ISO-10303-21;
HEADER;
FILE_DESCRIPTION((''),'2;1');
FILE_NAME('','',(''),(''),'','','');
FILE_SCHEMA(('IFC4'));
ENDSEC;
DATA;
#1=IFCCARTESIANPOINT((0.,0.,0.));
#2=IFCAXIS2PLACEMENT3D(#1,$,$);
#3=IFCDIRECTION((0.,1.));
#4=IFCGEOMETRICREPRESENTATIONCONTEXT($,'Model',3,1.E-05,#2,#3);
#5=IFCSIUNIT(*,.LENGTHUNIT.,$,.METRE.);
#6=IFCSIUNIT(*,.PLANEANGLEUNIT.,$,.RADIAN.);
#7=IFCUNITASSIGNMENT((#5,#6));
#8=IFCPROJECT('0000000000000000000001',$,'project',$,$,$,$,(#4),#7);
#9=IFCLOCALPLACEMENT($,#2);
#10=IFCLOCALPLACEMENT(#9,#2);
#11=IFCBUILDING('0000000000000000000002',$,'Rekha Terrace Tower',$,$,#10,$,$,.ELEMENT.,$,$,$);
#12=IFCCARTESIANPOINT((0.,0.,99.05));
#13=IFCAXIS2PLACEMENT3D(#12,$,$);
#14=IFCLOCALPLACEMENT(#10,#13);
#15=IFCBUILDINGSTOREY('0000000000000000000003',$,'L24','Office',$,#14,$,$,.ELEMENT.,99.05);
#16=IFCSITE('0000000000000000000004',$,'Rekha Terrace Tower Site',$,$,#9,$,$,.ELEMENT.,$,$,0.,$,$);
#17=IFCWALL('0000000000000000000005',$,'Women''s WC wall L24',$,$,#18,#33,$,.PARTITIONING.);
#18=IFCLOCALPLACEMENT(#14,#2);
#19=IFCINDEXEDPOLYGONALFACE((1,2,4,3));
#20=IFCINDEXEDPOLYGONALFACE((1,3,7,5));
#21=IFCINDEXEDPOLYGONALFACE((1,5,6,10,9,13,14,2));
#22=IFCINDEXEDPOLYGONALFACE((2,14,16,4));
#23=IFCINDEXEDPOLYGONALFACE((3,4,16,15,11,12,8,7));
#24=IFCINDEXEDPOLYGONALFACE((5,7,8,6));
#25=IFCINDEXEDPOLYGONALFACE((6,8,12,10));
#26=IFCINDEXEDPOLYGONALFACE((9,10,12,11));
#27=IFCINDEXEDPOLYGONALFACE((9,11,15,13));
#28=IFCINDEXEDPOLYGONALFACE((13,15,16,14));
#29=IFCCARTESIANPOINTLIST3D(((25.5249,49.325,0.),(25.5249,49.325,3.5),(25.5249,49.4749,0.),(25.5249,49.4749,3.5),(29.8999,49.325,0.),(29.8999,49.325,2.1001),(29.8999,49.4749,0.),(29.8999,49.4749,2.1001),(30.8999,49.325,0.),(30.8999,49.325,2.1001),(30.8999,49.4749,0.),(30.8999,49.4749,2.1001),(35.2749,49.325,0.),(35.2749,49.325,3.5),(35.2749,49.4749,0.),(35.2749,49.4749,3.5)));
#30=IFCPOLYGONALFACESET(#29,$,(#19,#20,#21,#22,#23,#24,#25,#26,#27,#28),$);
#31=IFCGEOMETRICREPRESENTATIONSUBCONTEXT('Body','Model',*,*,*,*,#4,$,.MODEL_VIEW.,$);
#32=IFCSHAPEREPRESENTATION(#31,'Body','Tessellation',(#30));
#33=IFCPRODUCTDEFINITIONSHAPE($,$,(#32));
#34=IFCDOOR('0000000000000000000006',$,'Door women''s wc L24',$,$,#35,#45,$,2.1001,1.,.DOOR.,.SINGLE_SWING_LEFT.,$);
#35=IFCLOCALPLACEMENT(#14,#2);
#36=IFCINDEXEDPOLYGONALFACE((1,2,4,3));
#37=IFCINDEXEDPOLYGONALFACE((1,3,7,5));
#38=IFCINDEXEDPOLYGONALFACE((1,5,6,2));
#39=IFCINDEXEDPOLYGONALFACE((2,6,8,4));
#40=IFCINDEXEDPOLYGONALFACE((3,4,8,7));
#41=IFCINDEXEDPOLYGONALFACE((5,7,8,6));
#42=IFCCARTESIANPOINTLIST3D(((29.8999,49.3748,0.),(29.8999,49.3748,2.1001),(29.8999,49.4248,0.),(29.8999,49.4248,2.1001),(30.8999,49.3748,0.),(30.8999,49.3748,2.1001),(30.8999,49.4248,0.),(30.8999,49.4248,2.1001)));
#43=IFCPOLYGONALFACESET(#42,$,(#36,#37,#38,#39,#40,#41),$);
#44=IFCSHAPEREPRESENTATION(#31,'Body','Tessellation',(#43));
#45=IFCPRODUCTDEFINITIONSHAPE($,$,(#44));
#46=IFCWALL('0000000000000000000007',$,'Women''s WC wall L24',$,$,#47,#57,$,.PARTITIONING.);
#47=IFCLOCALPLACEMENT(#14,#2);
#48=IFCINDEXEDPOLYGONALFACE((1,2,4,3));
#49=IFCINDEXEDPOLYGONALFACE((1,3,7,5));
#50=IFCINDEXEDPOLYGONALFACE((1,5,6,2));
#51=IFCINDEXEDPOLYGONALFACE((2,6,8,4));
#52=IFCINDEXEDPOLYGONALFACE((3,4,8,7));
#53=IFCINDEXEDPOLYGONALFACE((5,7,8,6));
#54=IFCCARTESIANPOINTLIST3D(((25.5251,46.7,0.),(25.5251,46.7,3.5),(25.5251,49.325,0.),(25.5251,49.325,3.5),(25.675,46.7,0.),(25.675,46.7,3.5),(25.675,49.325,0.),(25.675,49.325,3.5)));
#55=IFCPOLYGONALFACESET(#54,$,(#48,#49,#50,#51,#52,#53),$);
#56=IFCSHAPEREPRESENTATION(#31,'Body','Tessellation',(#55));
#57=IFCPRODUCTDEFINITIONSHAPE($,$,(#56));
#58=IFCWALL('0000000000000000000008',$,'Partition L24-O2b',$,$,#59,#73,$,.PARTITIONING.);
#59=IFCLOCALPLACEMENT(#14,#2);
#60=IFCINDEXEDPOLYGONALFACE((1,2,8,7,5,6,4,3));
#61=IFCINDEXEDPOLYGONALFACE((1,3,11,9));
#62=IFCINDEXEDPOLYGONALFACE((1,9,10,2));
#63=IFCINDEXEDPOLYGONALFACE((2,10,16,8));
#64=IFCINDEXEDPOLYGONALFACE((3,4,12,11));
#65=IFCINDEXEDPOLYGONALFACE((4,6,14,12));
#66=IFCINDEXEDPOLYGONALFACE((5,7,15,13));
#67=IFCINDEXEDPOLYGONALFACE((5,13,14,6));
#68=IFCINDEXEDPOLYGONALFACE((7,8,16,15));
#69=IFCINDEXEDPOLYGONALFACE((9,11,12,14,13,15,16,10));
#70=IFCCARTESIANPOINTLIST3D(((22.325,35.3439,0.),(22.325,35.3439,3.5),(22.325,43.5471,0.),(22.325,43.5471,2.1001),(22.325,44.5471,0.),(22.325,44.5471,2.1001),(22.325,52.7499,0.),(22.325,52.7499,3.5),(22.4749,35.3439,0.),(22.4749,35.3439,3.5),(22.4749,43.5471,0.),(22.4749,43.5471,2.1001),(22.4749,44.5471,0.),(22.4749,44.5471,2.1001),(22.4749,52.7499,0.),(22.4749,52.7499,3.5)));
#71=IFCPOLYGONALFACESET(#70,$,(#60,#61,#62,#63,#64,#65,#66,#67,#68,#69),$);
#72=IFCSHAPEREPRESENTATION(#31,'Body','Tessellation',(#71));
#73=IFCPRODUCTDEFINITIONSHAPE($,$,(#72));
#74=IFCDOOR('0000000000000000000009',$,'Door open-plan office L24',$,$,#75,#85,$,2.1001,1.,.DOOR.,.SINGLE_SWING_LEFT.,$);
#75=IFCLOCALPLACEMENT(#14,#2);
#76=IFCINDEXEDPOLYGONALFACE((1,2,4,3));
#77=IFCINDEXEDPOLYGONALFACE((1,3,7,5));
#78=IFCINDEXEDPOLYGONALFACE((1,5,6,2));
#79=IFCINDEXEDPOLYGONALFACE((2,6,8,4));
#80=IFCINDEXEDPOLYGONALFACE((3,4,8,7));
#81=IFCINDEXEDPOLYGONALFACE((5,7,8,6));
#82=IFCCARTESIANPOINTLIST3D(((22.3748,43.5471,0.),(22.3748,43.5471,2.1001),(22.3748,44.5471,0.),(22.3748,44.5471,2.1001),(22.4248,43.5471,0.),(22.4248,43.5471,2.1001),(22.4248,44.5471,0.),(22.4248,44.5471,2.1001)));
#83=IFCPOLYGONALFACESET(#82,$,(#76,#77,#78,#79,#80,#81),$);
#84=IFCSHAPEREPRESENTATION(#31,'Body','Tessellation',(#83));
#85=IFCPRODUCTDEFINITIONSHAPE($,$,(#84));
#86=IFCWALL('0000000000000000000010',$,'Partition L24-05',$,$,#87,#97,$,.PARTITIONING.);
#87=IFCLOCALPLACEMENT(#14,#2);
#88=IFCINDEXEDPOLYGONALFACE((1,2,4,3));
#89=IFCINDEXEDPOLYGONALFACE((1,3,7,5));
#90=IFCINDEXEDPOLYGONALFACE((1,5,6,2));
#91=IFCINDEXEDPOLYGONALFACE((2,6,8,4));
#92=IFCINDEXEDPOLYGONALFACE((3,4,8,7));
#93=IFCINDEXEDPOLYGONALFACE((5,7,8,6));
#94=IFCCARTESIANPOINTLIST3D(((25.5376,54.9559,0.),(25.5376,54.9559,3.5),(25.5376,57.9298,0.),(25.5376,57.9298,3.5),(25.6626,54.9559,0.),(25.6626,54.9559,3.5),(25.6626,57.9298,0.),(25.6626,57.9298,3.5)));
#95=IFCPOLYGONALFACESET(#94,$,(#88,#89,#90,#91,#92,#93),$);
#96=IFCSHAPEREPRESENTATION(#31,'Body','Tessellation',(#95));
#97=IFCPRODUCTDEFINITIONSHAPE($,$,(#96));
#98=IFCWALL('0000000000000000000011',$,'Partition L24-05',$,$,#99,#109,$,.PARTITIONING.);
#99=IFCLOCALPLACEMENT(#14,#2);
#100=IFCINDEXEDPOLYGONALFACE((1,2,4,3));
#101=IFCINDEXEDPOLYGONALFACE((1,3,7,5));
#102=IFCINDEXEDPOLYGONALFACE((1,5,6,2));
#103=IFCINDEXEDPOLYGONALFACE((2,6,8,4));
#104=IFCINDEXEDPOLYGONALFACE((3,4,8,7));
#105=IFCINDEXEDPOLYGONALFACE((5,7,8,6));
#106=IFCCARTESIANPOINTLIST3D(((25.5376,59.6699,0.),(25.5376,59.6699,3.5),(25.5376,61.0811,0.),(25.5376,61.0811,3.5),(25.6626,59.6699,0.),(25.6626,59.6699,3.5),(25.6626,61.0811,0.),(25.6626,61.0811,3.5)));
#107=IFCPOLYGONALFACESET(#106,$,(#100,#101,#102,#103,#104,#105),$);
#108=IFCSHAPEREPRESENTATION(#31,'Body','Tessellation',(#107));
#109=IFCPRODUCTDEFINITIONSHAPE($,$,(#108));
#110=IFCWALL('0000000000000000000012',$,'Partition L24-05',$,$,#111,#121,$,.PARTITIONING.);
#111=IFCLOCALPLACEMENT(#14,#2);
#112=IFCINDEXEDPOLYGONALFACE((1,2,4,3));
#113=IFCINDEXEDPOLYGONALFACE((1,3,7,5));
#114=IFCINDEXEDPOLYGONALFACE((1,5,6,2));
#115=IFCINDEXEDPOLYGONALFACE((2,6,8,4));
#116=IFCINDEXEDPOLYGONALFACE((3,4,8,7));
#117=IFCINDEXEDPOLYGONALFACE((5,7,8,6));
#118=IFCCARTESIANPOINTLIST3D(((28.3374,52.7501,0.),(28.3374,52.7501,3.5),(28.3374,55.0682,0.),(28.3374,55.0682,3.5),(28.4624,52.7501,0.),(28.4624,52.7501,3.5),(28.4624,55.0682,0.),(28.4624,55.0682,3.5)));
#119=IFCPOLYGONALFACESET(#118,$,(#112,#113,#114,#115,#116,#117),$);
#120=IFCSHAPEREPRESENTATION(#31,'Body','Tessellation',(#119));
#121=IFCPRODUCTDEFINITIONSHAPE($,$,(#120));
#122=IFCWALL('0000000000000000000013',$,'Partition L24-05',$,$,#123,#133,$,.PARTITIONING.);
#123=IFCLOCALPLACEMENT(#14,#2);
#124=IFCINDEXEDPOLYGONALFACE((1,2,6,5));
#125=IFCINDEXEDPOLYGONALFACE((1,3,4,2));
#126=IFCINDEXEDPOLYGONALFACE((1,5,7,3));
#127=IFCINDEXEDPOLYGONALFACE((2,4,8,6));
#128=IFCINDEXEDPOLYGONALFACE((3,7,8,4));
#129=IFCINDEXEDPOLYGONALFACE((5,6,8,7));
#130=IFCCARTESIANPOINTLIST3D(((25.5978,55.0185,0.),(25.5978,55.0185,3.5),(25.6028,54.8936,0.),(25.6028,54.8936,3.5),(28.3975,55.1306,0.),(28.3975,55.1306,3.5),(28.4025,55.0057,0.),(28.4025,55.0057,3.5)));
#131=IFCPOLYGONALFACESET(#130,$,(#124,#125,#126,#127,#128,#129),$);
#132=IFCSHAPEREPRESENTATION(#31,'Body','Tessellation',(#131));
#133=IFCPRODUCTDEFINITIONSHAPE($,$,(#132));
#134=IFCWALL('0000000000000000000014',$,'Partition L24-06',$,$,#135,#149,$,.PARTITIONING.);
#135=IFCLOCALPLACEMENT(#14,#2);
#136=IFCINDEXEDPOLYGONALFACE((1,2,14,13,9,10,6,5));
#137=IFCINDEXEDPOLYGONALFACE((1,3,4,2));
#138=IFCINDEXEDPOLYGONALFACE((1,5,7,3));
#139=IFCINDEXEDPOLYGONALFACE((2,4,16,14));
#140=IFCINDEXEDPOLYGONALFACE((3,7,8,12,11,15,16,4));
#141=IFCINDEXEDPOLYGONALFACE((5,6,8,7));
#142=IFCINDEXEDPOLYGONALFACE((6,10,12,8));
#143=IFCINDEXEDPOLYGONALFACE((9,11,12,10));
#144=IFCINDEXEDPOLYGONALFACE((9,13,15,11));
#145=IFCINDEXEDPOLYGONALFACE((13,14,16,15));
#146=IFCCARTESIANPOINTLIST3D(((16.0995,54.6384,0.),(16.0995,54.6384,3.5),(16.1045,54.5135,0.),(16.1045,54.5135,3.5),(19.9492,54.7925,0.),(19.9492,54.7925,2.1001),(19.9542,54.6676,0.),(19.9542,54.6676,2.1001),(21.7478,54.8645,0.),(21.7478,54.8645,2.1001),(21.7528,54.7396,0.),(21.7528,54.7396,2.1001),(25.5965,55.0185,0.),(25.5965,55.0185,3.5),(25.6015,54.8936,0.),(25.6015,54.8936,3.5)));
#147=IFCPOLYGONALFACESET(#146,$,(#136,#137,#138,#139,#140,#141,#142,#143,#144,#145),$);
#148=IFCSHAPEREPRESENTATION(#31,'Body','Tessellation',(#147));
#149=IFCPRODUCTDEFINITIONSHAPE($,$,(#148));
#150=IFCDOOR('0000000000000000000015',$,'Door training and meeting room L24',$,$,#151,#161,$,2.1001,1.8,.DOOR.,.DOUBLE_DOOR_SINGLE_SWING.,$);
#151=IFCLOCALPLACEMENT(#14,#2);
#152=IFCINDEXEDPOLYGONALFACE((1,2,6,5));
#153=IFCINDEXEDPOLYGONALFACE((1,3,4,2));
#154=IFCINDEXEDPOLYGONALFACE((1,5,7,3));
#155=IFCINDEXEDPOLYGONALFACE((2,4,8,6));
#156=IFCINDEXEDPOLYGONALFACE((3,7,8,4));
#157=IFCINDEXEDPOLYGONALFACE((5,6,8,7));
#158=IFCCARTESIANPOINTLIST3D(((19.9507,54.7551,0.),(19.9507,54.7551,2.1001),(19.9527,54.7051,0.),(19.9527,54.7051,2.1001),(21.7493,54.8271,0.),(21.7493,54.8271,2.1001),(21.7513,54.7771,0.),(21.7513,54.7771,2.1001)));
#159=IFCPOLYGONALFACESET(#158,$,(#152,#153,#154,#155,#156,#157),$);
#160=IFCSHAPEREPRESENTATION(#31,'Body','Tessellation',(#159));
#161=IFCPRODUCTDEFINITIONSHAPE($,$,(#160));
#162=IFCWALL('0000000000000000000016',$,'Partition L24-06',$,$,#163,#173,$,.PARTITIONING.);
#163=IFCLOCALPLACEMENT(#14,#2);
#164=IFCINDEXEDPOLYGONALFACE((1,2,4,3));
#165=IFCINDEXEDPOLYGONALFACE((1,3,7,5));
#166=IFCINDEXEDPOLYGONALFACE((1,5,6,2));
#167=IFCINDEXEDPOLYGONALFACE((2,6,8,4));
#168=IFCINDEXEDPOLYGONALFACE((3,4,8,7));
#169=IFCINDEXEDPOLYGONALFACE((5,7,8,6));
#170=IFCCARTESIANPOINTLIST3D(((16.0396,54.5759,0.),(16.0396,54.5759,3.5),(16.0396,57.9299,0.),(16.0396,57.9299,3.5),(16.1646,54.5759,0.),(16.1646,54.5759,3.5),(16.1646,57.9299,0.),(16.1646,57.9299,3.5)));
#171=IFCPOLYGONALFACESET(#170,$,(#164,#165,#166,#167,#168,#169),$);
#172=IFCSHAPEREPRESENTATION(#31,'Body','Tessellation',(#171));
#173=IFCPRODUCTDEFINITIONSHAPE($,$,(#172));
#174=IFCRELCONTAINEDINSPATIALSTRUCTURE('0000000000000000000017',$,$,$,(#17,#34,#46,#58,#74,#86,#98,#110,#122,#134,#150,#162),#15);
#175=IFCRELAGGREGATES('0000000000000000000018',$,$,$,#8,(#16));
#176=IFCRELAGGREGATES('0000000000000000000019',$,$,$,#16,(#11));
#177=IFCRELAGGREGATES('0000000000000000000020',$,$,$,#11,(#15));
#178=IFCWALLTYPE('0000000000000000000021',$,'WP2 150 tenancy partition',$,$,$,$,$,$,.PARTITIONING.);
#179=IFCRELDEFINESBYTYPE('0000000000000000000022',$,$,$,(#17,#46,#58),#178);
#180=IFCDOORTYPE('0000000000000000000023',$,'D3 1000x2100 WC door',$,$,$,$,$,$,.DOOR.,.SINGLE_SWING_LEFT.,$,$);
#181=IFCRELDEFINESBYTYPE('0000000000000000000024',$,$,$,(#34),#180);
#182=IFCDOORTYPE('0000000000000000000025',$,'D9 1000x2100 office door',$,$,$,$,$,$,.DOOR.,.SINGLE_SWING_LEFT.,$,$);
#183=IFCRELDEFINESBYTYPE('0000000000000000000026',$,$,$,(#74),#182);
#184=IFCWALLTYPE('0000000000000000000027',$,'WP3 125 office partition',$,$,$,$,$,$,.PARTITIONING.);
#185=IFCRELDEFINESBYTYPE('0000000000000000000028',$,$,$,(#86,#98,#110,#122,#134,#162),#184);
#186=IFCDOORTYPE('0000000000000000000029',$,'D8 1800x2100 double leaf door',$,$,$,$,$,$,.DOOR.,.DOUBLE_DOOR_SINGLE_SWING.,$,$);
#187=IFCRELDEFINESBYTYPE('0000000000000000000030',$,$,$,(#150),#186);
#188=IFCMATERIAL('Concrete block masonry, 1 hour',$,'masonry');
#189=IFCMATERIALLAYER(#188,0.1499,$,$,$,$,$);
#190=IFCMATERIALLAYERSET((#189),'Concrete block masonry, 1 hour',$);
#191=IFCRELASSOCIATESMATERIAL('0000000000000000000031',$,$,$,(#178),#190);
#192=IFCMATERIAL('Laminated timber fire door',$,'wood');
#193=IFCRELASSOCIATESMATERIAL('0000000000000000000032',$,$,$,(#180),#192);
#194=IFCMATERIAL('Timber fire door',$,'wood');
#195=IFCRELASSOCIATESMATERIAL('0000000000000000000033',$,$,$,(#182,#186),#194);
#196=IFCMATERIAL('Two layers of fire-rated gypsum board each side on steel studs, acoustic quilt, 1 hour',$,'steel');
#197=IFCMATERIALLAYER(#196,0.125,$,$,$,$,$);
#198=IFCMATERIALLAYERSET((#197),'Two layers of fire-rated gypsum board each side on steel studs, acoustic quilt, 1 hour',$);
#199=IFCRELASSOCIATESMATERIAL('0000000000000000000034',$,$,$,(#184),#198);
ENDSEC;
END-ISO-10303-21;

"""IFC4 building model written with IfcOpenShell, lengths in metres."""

from ifc_helpers import new_model, si_unit, direction, frame, frame_2d, origin, place, context, subcontext, project, spatial, rectangle, extrude, material, layer, layer_set, type_object, element, fill, save


model = new_model("IFC4")

# Units and contexts
model_context = context("Model", 3, precision=1e-05, world=origin(), true_north=direction((0.0, 1.0)))
body_context = subcontext(model_context, "Body", "Model", "MODEL_VIEW")
ifc_project = project(units=[si_unit("LENGTHUNIT", "METRE"), si_unit("PLANEANGLEUNIT", "RADIAN")], contexts=[model_context])

# Site, building, storey
site_placement = place(None, origin())
site = spatial("IfcSite", under=ifc_project, at=site_placement, Name="Rekha Terrace Tower Site", CompositionType="ELEMENT", RefElevation=0.0)
building_placement = place(site_placement, origin())
building = spatial("IfcBuilding", under=site, at=building_placement, Name="Rekha Terrace Tower", CompositionType="ELEMENT")
storey_placement = place(building_placement, frame((0.0, 0.0, 99.05)))
storey = spatial("IfcBuildingStorey", under=building, at=storey_placement, Name="L24", Description="Office", CompositionType="ELEMENT", Elevation=99.05)

# Wall, opening, door
ifc_material_1 = material(Name="Concrete block masonry, 1 hour", Category="masonry")
ifc_layer_1 = layer(ifc_material_1, 0.1499)
ifc_layer_set_1 = layer_set([ifc_layer_1], Name="Concrete block masonry, 1 hour")
wall_type_1 = type_object("IfcWallType", Name="WP2 150 tenancy partition", PredefinedType="PARTITIONING", material=ifc_layer_set_1)
wall_1_placement = place(storey_placement, frame((25.5249, 49.3999, 0.0), z_axis=(0.0, 0.0, 1.0), x_axis=(1.0, 0.0, 0.0)))
wall_1 = element("IfcWall", 1, at=wall_1_placement, inside=storey, type_object=wall_type_1, Name="Women's WC wall L24", PredefinedType="PARTITIONING", context=body_context, shape_type="SweptSolid", body=[
    extrude(rectangle(XDim=9.75, YDim=0.1499, at=frame_2d((4.875, 0.0))), origin(), (0.0, 0.0, 1.0), 3.5),
])
opening_1_placement = place(wall_1_placement, frame((4.375, 0.0, 0.0)))
opening_1 = element("IfcOpeningElement", 2, at=opening_1_placement, cuts=wall_1, PredefinedType="OPENING", context=body_context, shape_type="SweptSolid", body=[
    extrude(rectangle(XDim=1.0, YDim=2.1001, at=frame_2d((0.5, 1.05))), frame((0.0, 0.085, 0.0), z_axis=(0.0, -1.0, 0.0), x_axis=(1.0, 0.0, 0.0)), (0.0, 0.0, 1.0), 0.1699),
])
ifc_material_2 = material(Name="Laminated timber fire door", Category="wood")
door_type_1 = type_object("IfcDoorType", Name="D3 1000x2100 WC door", OperationType="SINGLE_SWING_LEFT", PredefinedType="DOOR", material=ifc_material_2)
door_1_placement = place(opening_1_placement, origin())
door_1 = element("IfcDoor", 3, at=door_1_placement, inside=storey, type_object=door_type_1, Name="Door women's wc L24", OperationType="SINGLE_SWING_LEFT", OverallHeight=2.1001, OverallWidth=1.0, PredefinedType="DOOR", context=body_context, shape_type="SweptSolid", body=[
    extrude(rectangle(XDim=1.0, YDim=2.1001, at=frame_2d((0.5, 1.05))), frame((0.0, 0.0249, 0.0), z_axis=(0.0, -1.0, 0.0), x_axis=(1.0, 0.0, 0.0)), (0.0, 0.0, 1.0), 0.05),
])
fill(opening_1, door_1)

# Wall
wall_2_placement = place(storey_placement, frame((25.6001, 46.7, 0.0), z_axis=(0.0, 0.0, 1.0), x_axis=(0.0, 1.0, 0.0)))
element("IfcWall", 4, at=wall_2_placement, inside=storey, type_object=wall_type_1, Name="Women's WC wall L24", PredefinedType="PARTITIONING", context=body_context, shape_type="SweptSolid", body=[
    extrude(rectangle(XDim=2.625, YDim=0.1499, at=frame_2d((1.3125, 0.0))), origin(), (0.0, 0.0, 1.0), 3.5),
])

# Wall, opening, door
wall_3_placement = place(storey_placement, frame((22.3999, 52.75, 0.0), z_axis=(0.0, 0.0, 1.0), x_axis=(0.0, -1.0, 0.0)))
wall_3 = element("IfcWall", 5, at=wall_3_placement, inside=storey, type_object=wall_type_1, Name="Partition L24-O2b", PredefinedType="PARTITIONING", context=body_context, shape_type="SweptSolid", body=[
    extrude(rectangle(XDim=17.406, YDim=0.1499, at=frame_2d((8.7031, 0.0))), origin(), (0.0, 0.0, 1.0), 3.5),
])
opening_2_placement = place(wall_3_placement, frame((8.2029, 0.0, 0.0)))
opening_2 = element("IfcOpeningElement", 6, at=opening_2_placement, cuts=wall_3, PredefinedType="OPENING", context=body_context, shape_type="SweptSolid", body=[
    extrude(rectangle(XDim=1.0, YDim=2.1001, at=frame_2d((0.5, 1.05))), frame((0.0, 0.085, 0.0), z_axis=(0.0, -1.0, 0.0), x_axis=(1.0, 0.0, 0.0)), (0.0, 0.0, 1.0), 0.1699),
])
ifc_material_3 = material(Name="Timber fire door", Category="wood")
door_type_2 = type_object("IfcDoorType", Name="D9 1000x2100 office door", OperationType="SINGLE_SWING_LEFT", PredefinedType="DOOR", material=ifc_material_3)
door_2_placement = place(opening_2_placement, origin())
door_2 = element("IfcDoor", 7, at=door_2_placement, inside=storey, type_object=door_type_2, Name="Door open-plan office L24", OperationType="SINGLE_SWING_LEFT", OverallHeight=2.1001, OverallWidth=1.0, PredefinedType="DOOR", context=body_context, shape_type="SweptSolid", body=[
    extrude(rectangle(XDim=1.0, YDim=2.1001, at=frame_2d((0.5, 1.05))), frame((0.0, 0.0249, 0.0), z_axis=(0.0, -1.0, 0.0), x_axis=(1.0, 0.0, 0.0)), (0.0, 0.0, 1.0), 0.05),
])
fill(opening_2, door_2)

# Walls
ifc_material_4 = material(Name="Two layers of fire-rated gypsum board each side on steel studs, acoustic quilt, 1 hour", Category="steel")
ifc_layer_2 = layer(ifc_material_4, 0.125)
ifc_layer_set_2 = layer_set([ifc_layer_2], Name="Two layers of fire-rated gypsum board each side on steel studs, acoustic quilt, 1 hour")
wall_type_2 = type_object("IfcWallType", Name="WP3 125 office partition", PredefinedType="PARTITIONING", material=ifc_layer_set_2)
wall_4_placement = place(storey_placement, frame((25.6001, 54.9561, 0.0), z_axis=(0.0, 0.0, 1.0), x_axis=(0.0, 1.0, 0.0)))
element("IfcWall", 8, at=wall_4_placement, inside=storey, type_object=wall_type_2, Name="Partition L24-05", PredefinedType="PARTITIONING", context=body_context, shape_type="SweptSolid", body=[
    extrude(rectangle(XDim=2.9739, YDim=0.125, at=frame_2d((1.4868, 0.0))), origin(), (0.0, 0.0, 1.0), 3.5),
])
wall_5_placement = place(storey_placement, frame((25.6001, 59.6699, 0.0), z_axis=(0.0, 0.0, 1.0), x_axis=(0.0, 1.0, 0.0)))
element("IfcWall", 9, at=wall_5_placement, inside=storey, type_object=wall_type_2, Name="Partition L24-05", PredefinedType="PARTITIONING", context=body_context, shape_type="SweptSolid", body=[
    extrude(rectangle(XDim=1.4111, YDim=0.125, at=frame_2d((0.7056, 0.0))), origin(), (0.0, 0.0, 1.0), 3.5),
])
wall_6_placement = place(storey_placement, frame((28.3999, 52.75, 0.0), z_axis=(0.0, 0.0, 1.0), x_axis=(0.0, 1.0, 0.0)))
element("IfcWall", 10, at=wall_6_placement, inside=storey, type_object=wall_type_2, Name="Partition L24-05", PredefinedType="PARTITIONING", context=body_context, shape_type="SweptSolid", body=[
    extrude(rectangle(XDim=2.3181, YDim=0.125, at=frame_2d((1.1592, 0.0))), origin(), (0.0, 0.0, 1.0), 3.5),
])
wall_7_placement = place(storey_placement, frame((28.3999, 55.0681, 0.0), z_axis=(0.0, 0.0, 1.0), x_axis=(-0.9992, -0.039992, 0.0)))
element("IfcWall", 11, at=wall_7_placement, inside=storey, type_object=wall_type_2, Name="Partition L24-05", PredefinedType="PARTITIONING", context=body_context, shape_type="SweptSolid", body=[
    extrude(rectangle(XDim=2.802, YDim=0.125, at=frame_2d((1.4009, 0.0))), origin(), (0.0, 0.0, 1.0), 3.5),
])

# Wall, opening, door
wall_8_placement = place(storey_placement, frame((25.5991, 54.9561, 0.0), z_axis=(0.0, 0.0, 1.0), x_axis=(-0.9992, -0.039994, 0.0)))
wall_8 = element("IfcWall", 12, at=wall_8_placement, inside=storey, type_object=wall_type_2, Name="Partition L24-06", PredefinedType="PARTITIONING", context=body_context, shape_type="SweptSolid", body=[
    extrude(rectangle(XDim=9.5046, YDim=0.125, at=frame_2d((4.7524, 0.0))), origin(), (0.0, 0.0, 1.0), 3.5),
])
opening_3_placement = place(wall_8_placement, frame((3.8521, 0.0, 0.0)))
opening_3 = element("IfcOpeningElement", 13, at=opening_3_placement, cuts=wall_8, PredefinedType="OPENING", context=body_context, shape_type="SweptSolid", body=[
    extrude(rectangle(XDim=1.8, YDim=2.1001, at=frame_2d((0.8999, 1.05))), frame((0.0, 0.0725, 0.0), z_axis=(0.0, -1.0, 0.0), x_axis=(1.0, 0.0, 0.0)), (0.0, 0.0, 1.0), 0.145),
])
door_type_3 = type_object("IfcDoorType", Name="D8 1800x2100 double leaf door", OperationType="DOUBLE_DOOR_SINGLE_SWING", PredefinedType="DOOR", material=ifc_material_3)
door_3_placement = place(opening_3_placement, origin())
door_3 = element("IfcDoor", 14, at=door_3_placement, inside=storey, type_object=door_type_3, Name="Door training and meeting room L24", OperationType="DOUBLE_DOOR_SINGLE_SWING", OverallHeight=2.1001, OverallWidth=1.8, PredefinedType="DOOR", context=body_context, shape_type="SweptSolid", body=[
    extrude(rectangle(XDim=1.8, YDim=2.1001, at=frame_2d((0.8999, 1.05))), frame((0.0, 0.0249, 0.0), z_axis=(0.0, -1.0, 0.0), x_axis=(1.0, 0.0, 0.0)), (0.0, 0.0, 1.0), 0.05),
])
fill(opening_3, door_3)

# Wall
wall_9_placement = place(storey_placement, frame((16.1021, 54.5759, 0.0), z_axis=(0.0, 0.0, 1.0), x_axis=(0.0, 1.0, 0.0)))
element("IfcWall", 15, at=wall_9_placement, inside=storey, type_object=wall_type_2, Name="Partition L24-06", PredefinedType="PARTITIONING", context=body_context, shape_type="SweptSolid", body=[
    extrude(rectangle(XDim=3.354, YDim=0.125, at=frame_2d((1.677, 0.0))), origin(), (0.0, 0.0, 1.0), 3.5),
])

save(model, "model.ifc")
